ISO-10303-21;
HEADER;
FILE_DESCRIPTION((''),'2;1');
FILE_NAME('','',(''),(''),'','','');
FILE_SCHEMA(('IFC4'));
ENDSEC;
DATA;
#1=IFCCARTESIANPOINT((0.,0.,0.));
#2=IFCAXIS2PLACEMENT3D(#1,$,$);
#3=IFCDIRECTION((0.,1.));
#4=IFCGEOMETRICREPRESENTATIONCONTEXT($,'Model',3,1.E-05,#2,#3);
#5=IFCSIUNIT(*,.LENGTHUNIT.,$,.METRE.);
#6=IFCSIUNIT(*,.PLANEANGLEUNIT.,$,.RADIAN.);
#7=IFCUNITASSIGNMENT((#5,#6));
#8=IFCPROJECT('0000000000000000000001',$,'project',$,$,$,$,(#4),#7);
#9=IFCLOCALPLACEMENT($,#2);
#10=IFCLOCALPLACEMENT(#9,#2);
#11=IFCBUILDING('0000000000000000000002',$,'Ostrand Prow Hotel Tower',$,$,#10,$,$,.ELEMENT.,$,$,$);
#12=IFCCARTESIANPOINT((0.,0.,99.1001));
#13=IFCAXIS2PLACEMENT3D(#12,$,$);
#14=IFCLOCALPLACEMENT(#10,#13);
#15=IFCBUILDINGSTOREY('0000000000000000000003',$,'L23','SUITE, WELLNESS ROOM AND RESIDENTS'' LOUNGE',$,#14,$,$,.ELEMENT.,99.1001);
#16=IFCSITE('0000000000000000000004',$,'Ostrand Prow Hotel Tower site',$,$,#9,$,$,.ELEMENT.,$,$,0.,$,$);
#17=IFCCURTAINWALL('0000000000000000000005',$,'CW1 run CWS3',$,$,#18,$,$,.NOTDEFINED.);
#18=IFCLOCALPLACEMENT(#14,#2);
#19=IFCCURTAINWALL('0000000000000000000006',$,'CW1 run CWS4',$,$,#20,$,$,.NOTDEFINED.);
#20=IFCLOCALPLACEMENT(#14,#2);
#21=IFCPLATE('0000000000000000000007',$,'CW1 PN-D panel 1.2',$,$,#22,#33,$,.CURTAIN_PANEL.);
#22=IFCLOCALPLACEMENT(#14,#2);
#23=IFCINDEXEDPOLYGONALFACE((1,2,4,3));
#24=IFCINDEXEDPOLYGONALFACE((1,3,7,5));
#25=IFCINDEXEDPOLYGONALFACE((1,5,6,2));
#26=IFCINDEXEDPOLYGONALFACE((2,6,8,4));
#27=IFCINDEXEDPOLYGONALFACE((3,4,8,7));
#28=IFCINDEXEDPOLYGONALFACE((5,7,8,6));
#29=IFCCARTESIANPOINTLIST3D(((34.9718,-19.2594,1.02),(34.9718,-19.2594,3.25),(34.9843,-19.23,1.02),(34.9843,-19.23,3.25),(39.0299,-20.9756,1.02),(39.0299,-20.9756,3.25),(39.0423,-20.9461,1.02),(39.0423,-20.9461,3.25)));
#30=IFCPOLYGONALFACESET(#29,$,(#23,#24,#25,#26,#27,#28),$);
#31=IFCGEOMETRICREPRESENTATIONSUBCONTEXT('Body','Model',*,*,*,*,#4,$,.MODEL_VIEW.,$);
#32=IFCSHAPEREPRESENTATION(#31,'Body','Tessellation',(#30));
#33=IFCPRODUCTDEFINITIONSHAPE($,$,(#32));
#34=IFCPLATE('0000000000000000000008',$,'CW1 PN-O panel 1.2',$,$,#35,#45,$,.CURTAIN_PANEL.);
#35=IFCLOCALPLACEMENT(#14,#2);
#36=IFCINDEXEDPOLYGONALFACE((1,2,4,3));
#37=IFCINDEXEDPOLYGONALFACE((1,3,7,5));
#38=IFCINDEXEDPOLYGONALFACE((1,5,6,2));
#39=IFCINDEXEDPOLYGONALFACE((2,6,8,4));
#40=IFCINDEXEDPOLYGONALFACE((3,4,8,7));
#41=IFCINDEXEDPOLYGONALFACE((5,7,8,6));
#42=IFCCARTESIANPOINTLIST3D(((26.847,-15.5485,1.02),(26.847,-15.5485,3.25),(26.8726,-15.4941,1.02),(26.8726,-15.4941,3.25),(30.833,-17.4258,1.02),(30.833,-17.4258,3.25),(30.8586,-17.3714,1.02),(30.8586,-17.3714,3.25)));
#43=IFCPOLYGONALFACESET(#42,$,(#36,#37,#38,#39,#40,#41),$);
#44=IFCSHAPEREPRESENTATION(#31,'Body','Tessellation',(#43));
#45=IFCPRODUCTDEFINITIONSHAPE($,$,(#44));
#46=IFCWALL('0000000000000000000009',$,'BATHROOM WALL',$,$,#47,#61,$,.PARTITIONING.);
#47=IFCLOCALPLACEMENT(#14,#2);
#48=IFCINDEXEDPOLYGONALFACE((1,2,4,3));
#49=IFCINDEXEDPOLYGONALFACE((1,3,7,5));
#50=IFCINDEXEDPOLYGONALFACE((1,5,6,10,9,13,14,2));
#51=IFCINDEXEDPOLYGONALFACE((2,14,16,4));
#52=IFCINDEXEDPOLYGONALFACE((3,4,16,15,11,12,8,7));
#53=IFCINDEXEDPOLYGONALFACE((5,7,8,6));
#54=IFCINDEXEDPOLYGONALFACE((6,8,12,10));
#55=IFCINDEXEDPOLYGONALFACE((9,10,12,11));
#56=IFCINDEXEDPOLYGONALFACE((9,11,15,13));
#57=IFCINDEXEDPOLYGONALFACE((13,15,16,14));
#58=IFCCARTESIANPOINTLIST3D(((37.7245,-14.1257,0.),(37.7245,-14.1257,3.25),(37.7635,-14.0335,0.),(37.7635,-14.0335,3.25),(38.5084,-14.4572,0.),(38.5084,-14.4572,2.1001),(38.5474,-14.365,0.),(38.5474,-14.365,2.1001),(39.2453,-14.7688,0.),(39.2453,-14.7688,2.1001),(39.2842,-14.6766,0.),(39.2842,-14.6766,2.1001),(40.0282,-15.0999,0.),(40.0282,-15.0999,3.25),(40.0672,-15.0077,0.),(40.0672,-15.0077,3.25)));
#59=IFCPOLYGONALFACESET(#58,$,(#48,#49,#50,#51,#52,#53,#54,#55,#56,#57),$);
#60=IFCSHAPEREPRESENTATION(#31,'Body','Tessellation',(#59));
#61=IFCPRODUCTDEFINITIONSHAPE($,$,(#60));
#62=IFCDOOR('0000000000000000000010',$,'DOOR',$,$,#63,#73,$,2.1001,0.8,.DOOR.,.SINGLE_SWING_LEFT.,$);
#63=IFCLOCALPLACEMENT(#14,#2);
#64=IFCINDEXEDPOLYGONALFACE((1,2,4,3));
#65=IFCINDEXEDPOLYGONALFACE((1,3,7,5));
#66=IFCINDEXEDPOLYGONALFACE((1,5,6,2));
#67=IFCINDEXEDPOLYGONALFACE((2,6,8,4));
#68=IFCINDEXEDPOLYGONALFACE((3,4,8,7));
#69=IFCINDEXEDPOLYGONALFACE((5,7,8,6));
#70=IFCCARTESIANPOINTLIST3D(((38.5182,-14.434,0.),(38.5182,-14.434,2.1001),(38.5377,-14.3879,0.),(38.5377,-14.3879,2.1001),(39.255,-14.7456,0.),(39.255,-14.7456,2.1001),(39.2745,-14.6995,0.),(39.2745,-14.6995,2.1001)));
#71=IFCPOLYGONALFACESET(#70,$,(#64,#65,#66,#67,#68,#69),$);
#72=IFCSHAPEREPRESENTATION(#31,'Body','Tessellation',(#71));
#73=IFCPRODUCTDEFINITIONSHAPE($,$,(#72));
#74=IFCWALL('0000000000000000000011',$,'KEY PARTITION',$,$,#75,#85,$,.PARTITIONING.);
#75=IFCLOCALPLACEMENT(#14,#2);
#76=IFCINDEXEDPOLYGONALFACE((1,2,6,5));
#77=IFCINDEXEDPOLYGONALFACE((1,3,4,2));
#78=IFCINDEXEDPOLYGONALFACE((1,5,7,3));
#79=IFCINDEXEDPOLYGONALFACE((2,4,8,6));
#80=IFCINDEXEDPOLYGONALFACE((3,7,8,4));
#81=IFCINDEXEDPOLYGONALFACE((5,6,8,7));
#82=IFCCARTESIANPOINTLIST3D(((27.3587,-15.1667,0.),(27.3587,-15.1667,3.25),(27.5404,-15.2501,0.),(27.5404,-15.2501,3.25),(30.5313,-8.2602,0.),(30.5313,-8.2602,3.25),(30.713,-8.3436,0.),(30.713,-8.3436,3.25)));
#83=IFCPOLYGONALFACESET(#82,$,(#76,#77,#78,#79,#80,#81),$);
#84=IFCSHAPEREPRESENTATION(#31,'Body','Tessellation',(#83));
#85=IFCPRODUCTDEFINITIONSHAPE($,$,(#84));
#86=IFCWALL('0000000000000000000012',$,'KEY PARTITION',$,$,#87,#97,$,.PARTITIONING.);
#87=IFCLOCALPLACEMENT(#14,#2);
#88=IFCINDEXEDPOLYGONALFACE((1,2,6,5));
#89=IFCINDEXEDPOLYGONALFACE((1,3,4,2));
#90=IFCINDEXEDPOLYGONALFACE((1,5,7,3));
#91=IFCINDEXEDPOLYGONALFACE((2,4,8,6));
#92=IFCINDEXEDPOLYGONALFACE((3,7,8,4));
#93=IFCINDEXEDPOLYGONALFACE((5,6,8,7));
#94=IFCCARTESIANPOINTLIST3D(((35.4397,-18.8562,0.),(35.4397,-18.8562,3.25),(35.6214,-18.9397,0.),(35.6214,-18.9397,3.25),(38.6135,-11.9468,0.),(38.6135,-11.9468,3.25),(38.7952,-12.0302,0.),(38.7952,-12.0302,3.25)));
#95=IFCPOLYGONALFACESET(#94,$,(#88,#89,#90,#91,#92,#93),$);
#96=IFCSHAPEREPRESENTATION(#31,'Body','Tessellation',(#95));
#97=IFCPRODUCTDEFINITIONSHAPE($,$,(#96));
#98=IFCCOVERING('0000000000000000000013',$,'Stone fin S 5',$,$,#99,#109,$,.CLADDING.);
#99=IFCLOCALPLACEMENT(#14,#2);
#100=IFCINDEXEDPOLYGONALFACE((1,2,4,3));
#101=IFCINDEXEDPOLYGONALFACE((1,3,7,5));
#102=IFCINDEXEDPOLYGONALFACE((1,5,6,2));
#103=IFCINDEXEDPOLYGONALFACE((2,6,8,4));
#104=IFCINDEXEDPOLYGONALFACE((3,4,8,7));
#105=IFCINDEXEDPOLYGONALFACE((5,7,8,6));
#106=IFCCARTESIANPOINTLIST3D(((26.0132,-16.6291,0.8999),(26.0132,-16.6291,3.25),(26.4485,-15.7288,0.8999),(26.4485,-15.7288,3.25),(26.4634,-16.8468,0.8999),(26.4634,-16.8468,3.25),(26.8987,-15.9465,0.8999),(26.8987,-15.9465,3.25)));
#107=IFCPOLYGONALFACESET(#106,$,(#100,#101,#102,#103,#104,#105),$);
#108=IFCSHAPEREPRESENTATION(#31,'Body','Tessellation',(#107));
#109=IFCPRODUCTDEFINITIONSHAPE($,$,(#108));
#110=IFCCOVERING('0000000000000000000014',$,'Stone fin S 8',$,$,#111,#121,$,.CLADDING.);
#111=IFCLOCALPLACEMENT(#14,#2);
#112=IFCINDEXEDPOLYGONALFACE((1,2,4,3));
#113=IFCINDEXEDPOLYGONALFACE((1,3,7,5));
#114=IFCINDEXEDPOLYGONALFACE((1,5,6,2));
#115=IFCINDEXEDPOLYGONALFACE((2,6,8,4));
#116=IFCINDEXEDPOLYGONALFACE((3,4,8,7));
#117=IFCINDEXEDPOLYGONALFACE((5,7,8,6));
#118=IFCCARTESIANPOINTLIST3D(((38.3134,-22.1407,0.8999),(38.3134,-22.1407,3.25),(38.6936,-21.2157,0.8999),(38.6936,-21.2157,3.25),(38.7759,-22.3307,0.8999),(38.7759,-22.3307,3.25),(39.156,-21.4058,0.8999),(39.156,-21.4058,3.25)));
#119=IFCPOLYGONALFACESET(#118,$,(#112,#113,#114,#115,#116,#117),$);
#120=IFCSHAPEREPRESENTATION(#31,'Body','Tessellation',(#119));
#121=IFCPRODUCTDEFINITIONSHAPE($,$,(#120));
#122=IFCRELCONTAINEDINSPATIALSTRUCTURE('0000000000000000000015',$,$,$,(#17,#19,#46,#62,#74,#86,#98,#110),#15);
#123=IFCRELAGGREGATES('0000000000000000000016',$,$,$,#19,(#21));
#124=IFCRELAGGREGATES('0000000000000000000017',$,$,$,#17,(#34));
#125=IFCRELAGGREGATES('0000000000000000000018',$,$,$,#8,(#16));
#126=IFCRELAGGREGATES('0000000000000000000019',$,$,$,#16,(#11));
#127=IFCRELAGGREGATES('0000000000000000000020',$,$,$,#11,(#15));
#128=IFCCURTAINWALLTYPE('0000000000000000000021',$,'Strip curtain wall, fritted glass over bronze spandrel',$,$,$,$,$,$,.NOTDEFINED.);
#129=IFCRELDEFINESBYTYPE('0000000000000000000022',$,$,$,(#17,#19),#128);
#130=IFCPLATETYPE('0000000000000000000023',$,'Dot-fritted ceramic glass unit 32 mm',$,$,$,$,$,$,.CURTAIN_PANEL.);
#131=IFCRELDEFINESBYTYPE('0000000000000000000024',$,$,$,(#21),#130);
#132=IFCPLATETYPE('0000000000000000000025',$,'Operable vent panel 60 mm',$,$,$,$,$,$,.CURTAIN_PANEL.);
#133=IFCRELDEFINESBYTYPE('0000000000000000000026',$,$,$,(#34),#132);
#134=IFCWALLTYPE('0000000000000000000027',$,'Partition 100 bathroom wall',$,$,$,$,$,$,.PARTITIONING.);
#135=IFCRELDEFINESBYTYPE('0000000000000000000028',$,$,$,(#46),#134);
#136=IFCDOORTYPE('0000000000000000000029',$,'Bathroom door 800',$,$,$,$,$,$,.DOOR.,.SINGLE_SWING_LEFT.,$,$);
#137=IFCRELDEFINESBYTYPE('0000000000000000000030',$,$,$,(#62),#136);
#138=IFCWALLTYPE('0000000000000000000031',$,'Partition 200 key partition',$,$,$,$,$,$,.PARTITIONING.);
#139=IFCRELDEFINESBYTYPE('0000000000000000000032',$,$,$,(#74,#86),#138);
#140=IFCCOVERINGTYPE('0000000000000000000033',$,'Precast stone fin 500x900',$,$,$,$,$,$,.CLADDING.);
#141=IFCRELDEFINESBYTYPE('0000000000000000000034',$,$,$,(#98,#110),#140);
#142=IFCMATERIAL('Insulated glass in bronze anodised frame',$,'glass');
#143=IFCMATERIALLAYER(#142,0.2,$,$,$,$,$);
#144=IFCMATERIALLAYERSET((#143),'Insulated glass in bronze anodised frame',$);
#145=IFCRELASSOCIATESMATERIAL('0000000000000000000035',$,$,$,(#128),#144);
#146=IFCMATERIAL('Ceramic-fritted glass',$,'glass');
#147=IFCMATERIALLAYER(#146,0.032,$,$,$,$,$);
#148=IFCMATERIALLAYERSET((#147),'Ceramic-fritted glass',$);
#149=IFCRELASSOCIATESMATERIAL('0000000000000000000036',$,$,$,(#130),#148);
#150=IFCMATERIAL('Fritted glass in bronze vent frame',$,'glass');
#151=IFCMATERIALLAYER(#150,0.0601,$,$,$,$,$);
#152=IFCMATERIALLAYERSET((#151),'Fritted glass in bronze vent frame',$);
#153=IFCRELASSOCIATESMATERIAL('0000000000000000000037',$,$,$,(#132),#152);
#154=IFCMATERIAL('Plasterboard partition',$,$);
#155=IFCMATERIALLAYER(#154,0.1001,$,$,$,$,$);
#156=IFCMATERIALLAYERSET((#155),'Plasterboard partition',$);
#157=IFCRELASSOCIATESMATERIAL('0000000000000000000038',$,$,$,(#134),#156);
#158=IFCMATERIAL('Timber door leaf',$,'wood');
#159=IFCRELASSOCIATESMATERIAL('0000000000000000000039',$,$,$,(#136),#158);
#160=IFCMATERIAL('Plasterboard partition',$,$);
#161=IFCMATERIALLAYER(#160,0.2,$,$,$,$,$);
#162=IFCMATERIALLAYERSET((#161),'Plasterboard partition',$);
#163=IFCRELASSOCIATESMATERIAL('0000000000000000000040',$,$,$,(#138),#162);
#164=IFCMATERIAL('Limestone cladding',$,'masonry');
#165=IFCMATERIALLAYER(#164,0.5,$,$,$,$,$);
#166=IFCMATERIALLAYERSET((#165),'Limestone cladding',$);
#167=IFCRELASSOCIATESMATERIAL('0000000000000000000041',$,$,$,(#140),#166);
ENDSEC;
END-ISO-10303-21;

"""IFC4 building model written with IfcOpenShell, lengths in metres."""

from ifc_helpers import new_model, si_unit, direction, frame, frame_2d, origin, origin_2d, place, context, subcontext, project, spatial, rectangle, extrude, material, layer, layer_set, type_object, element, fill, aggregate, save


model = new_model("IFC4")

# Units and contexts
model_context = context("Model", 3, precision=1e-05, world=origin(), true_north=direction((0.0, 1.0)))
body_context = subcontext(model_context, "Body", "Model", "MODEL_VIEW")
ifc_project = project(units=[si_unit("LENGTHUNIT", "METRE"), si_unit("PLANEANGLEUNIT", "RADIAN")], contexts=[model_context])

# Site, building, storey
site_placement = place(None, origin())
site = spatial("IfcSite", under=ifc_project, at=site_placement, Name="Ostrand Prow Hotel Tower site", CompositionType="ELEMENT", RefElevation=0.0)
building_placement = place(site_placement, origin())
building = spatial("IfcBuilding", under=site, at=building_placement, Name="Ostrand Prow Hotel Tower", CompositionType="ELEMENT")
storey_placement = place(building_placement, frame((0.0, 0.0, 99.1001)))
storey = spatial("IfcBuildingStorey", under=building, at=storey_placement, Name="L23", Description="SUITE, WELLNESS ROOM AND RESIDENTS' LOUNGE", CompositionType="ELEMENT", Elevation=99.1001)

# Shared definitions
ifc_material_1 = material(Name="Insulated glass in bronze anodised frame", Category="glass")
ifc_layer_1 = layer(ifc_material_1, 0.2)
ifc_layer_set_1 = layer_set([ifc_layer_1], Name="Insulated glass in bronze anodised frame")
curtain_wall_type = type_object("IfcCurtainWallType", Name="Strip curtain wall, fritted glass over bronze spandrel", PredefinedType="NOTDEFINED", material=ifc_layer_set_1)

# Curtain wall
curtain_wall_1_placement = place(storey_placement, origin())
curtain_wall_1 = element("IfcCurtainWall", 1, at=curtain_wall_1_placement, inside=storey, type_object=curtain_wall_type, Name="CW1 run CWS3", PredefinedType="NOTDEFINED")

# Curtain wall
curtain_wall_2_placement = place(storey_placement, origin())
curtain_wall_2 = element("IfcCurtainWall", 2, at=curtain_wall_2_placement, inside=storey, type_object=curtain_wall_type, Name="CW1 run CWS4", PredefinedType="NOTDEFINED")

# Plates
ifc_material_2 = material(Name="Ceramic-fritted glass", Category="glass")
ifc_layer_2 = layer(ifc_material_2, 0.032)
ifc_layer_set_2 = layer_set([ifc_layer_2], Name="Ceramic-fritted glass")
plate_type_1 = type_object("IfcPlateType", Name="Dot-fritted ceramic glass unit 32 mm", PredefinedType="CURTAIN_PANEL", material=ifc_layer_set_2)
plate_1_placement = place(storey_placement, frame((37.0071, -20.1028, 1.02), z_axis=(0.0, 0.0, 1.0), x_axis=(0.921024, -0.389507, 0.0)))
plate_1 = element("IfcPlate", 3, at=plate_1_placement, type_object=plate_type_1, Name="CW1 PN-D panel 1.2", PredefinedType="CURTAIN_PANEL", context=body_context, shape_type="SweptSolid", body=[
    extrude(rectangle(XDim=4.406, YDim=0.032, at=origin_2d()), origin(), (0.0, 0.0, 1.0), 2.23),
])
aggregate(curtain_wall_2, [plate_1])
ifc_material_3 = material(Name="Fritted glass in bronze vent frame", Category="glass")
ifc_layer_3 = layer(ifc_material_3, 0.0601)
ifc_layer_set_3 = layer_set([ifc_layer_3], Name="Fritted glass in bronze vent frame")
plate_type_2 = type_object("IfcPlateType", Name="Operable vent panel 60 mm", PredefinedType="CURTAIN_PANEL", material=ifc_layer_set_3)
plate_2_placement = place(storey_placement, frame((28.8528, -16.46, 1.02), z_axis=(0.0, 0.0, 1.0), x_axis=(0.904686, -0.426079, 0.0)))
plate_2 = element("IfcPlate", 4, at=plate_2_placement, type_object=plate_type_2, Name="CW1 PN-O panel 1.2", PredefinedType="CURTAIN_PANEL", context=body_context, shape_type="SweptSolid", body=[
    extrude(rectangle(XDim=4.406, YDim=0.0601, at=origin_2d()), origin(), (0.0, 0.0, 1.0), 2.23),
])
aggregate(curtain_wall_1, [plate_2])

# Wall, opening, door
ifc_material_4 = material(Name="Plasterboard partition")
ifc_layer_4 = layer(ifc_material_4, 0.1001)
ifc_layer_set_4 = layer_set([ifc_layer_4], Name="Plasterboard partition")
wall_type_1 = type_object("IfcWallType", Name="Partition 100 bathroom wall", PredefinedType="PARTITIONING", material=ifc_layer_set_4)
wall_1_placement = place(storey_placement, frame((40.0476, -15.0537, 0.0), z_axis=(0.0, 0.0, 1.0), x_axis=(-0.921043, 0.389462, 0.0)))
wall_1 = element("IfcWall", 5, at=wall_1_placement, inside=storey, type_object=wall_type_1, Name="BATHROOM WALL", PredefinedType="PARTITIONING", context=body_context, shape_type="SweptSolid", body=[
    extrude(rectangle(XDim=2.5012, YDim=0.1001, at=frame_2d((1.2505, 0.0))), origin(), (0.0, 0.0, 1.0), 3.25),
])
opening_placement = place(wall_1_placement, frame((0.8501, 0.0, 0.0)))
opening = element("IfcOpeningElement", 6, at=opening_placement, cuts=wall_1, PredefinedType="OPENING", context=body_context, shape_type="SweptSolid", body=[
    extrude(rectangle(XDim=0.8, YDim=2.1001, at=frame_2d((0.3999, 1.05))), frame((0.0, 0.0601, 0.0), z_axis=(0.0, -1.0, 0.0), x_axis=(1.0, 0.0, 0.0)), (0.0, 0.0, 1.0), 0.1201),
])
ifc_material_5 = material(Name="Timber door leaf", Category="wood")
door_type = type_object("IfcDoorType", Name="Bathroom door 800", OperationType="SINGLE_SWING_LEFT", PredefinedType="DOOR", material=ifc_material_5)
door_placement = place(opening_placement, origin())
door = element("IfcDoor", 7, at=door_placement, inside=storey, type_object=door_type, Name="DOOR", OperationType="SINGLE_SWING_LEFT", OverallHeight=2.1001, OverallWidth=0.8, PredefinedType="DOOR", context=body_context, shape_type="SweptSolid", body=[
    extrude(rectangle(XDim=0.8, YDim=2.1001, at=frame_2d((0.3999, 1.05))), frame((0.0, 0.0249, 0.0), z_axis=(0.0, -1.0, 0.0), x_axis=(1.0, 0.0, 0.0)), (0.0, 0.0, 1.0), 0.05),
])
fill(opening, door)

# Walls
ifc_material_6 = material(Name="Plasterboard partition")
ifc_layer_5 = layer(ifc_material_6, 0.2)
ifc_layer_set_5 = layer_set([ifc_layer_5], Name="Plasterboard partition")
wall_type_2 = type_object("IfcWallType", Name="Partition 200 key partition", PredefinedType="PARTITIONING", material=ifc_layer_set_5)
wall_2_placement = place(storey_placement, frame((27.4495, -15.2085, 0.0), z_axis=(0.0, 0.0, 1.0), x_axis=(0.41743, 0.908709, 0.0)))
element("IfcWall", 8, at=wall_2_placement, inside=storey, type_object=wall_type_2, Name="KEY PARTITION", PredefinedType="PARTITIONING", context=body_context, shape_type="SweptSolid", body=[
    extrude(rectangle(XDim=7.6003, YDim=0.2, at=frame_2d((3.8003, 0.0))), origin(), (0.0, 0.0, 1.0), 3.25),
])
wall_3_placement = place(storey_placement, frame((35.5305, -18.8979, 0.0), z_axis=(0.0, 0.0, 1.0), x_axis=(0.417416, 0.908715, 0.0)))
element("IfcWall", 9, at=wall_3_placement, inside=storey, type_object=wall_type_2, Name="KEY PARTITION", PredefinedType="PARTITIONING", context=body_context, shape_type="SweptSolid", body=[
    extrude(rectangle(XDim=7.6035, YDim=0.2, at=frame_2d((3.8018, 0.0))), origin(), (0.0, 0.0, 1.0), 3.25),
])

# Coverings
ifc_material_7 = material(Name="Limestone cladding", Category="masonry")
ifc_layer_6 = layer(ifc_material_7, 0.5)
ifc_layer_set_6 = layer_set([ifc_layer_6], Name="Limestone cladding")
covering_type = type_object("IfcCoveringType", Name="Precast stone fin 500x900", PredefinedType="CLADDING", material=ifc_layer_set_6)
for number, where, z_axis, x_axis, name in (
    (10, (26.6736, -15.8376, 0.8999), (0.0, 0.0, 1.0), (-0.435261, -0.900304, 0.0), "Stone fin S 5"),
    (11, (38.9248, -21.3108, 0.8999), (0.0, 0.0, 1.0), (-0.380173, -0.924916, 0.0), "Stone fin S 8"),
):
    element("IfcCovering", number, at=place(storey_placement, frame(where, z_axis=z_axis, x_axis=x_axis)), inside=storey, type_object=covering_type, Name=name, PredefinedType="CLADDING", context=body_context, shape_type="SweptSolid", body=[
        extrude(rectangle(XDim=1.0, YDim=0.5, at=frame_2d((0.5, 0.0))), origin(), (0.0, 0.0, 1.0), 2.3501),
    ])

save(model, "model.ifc")
